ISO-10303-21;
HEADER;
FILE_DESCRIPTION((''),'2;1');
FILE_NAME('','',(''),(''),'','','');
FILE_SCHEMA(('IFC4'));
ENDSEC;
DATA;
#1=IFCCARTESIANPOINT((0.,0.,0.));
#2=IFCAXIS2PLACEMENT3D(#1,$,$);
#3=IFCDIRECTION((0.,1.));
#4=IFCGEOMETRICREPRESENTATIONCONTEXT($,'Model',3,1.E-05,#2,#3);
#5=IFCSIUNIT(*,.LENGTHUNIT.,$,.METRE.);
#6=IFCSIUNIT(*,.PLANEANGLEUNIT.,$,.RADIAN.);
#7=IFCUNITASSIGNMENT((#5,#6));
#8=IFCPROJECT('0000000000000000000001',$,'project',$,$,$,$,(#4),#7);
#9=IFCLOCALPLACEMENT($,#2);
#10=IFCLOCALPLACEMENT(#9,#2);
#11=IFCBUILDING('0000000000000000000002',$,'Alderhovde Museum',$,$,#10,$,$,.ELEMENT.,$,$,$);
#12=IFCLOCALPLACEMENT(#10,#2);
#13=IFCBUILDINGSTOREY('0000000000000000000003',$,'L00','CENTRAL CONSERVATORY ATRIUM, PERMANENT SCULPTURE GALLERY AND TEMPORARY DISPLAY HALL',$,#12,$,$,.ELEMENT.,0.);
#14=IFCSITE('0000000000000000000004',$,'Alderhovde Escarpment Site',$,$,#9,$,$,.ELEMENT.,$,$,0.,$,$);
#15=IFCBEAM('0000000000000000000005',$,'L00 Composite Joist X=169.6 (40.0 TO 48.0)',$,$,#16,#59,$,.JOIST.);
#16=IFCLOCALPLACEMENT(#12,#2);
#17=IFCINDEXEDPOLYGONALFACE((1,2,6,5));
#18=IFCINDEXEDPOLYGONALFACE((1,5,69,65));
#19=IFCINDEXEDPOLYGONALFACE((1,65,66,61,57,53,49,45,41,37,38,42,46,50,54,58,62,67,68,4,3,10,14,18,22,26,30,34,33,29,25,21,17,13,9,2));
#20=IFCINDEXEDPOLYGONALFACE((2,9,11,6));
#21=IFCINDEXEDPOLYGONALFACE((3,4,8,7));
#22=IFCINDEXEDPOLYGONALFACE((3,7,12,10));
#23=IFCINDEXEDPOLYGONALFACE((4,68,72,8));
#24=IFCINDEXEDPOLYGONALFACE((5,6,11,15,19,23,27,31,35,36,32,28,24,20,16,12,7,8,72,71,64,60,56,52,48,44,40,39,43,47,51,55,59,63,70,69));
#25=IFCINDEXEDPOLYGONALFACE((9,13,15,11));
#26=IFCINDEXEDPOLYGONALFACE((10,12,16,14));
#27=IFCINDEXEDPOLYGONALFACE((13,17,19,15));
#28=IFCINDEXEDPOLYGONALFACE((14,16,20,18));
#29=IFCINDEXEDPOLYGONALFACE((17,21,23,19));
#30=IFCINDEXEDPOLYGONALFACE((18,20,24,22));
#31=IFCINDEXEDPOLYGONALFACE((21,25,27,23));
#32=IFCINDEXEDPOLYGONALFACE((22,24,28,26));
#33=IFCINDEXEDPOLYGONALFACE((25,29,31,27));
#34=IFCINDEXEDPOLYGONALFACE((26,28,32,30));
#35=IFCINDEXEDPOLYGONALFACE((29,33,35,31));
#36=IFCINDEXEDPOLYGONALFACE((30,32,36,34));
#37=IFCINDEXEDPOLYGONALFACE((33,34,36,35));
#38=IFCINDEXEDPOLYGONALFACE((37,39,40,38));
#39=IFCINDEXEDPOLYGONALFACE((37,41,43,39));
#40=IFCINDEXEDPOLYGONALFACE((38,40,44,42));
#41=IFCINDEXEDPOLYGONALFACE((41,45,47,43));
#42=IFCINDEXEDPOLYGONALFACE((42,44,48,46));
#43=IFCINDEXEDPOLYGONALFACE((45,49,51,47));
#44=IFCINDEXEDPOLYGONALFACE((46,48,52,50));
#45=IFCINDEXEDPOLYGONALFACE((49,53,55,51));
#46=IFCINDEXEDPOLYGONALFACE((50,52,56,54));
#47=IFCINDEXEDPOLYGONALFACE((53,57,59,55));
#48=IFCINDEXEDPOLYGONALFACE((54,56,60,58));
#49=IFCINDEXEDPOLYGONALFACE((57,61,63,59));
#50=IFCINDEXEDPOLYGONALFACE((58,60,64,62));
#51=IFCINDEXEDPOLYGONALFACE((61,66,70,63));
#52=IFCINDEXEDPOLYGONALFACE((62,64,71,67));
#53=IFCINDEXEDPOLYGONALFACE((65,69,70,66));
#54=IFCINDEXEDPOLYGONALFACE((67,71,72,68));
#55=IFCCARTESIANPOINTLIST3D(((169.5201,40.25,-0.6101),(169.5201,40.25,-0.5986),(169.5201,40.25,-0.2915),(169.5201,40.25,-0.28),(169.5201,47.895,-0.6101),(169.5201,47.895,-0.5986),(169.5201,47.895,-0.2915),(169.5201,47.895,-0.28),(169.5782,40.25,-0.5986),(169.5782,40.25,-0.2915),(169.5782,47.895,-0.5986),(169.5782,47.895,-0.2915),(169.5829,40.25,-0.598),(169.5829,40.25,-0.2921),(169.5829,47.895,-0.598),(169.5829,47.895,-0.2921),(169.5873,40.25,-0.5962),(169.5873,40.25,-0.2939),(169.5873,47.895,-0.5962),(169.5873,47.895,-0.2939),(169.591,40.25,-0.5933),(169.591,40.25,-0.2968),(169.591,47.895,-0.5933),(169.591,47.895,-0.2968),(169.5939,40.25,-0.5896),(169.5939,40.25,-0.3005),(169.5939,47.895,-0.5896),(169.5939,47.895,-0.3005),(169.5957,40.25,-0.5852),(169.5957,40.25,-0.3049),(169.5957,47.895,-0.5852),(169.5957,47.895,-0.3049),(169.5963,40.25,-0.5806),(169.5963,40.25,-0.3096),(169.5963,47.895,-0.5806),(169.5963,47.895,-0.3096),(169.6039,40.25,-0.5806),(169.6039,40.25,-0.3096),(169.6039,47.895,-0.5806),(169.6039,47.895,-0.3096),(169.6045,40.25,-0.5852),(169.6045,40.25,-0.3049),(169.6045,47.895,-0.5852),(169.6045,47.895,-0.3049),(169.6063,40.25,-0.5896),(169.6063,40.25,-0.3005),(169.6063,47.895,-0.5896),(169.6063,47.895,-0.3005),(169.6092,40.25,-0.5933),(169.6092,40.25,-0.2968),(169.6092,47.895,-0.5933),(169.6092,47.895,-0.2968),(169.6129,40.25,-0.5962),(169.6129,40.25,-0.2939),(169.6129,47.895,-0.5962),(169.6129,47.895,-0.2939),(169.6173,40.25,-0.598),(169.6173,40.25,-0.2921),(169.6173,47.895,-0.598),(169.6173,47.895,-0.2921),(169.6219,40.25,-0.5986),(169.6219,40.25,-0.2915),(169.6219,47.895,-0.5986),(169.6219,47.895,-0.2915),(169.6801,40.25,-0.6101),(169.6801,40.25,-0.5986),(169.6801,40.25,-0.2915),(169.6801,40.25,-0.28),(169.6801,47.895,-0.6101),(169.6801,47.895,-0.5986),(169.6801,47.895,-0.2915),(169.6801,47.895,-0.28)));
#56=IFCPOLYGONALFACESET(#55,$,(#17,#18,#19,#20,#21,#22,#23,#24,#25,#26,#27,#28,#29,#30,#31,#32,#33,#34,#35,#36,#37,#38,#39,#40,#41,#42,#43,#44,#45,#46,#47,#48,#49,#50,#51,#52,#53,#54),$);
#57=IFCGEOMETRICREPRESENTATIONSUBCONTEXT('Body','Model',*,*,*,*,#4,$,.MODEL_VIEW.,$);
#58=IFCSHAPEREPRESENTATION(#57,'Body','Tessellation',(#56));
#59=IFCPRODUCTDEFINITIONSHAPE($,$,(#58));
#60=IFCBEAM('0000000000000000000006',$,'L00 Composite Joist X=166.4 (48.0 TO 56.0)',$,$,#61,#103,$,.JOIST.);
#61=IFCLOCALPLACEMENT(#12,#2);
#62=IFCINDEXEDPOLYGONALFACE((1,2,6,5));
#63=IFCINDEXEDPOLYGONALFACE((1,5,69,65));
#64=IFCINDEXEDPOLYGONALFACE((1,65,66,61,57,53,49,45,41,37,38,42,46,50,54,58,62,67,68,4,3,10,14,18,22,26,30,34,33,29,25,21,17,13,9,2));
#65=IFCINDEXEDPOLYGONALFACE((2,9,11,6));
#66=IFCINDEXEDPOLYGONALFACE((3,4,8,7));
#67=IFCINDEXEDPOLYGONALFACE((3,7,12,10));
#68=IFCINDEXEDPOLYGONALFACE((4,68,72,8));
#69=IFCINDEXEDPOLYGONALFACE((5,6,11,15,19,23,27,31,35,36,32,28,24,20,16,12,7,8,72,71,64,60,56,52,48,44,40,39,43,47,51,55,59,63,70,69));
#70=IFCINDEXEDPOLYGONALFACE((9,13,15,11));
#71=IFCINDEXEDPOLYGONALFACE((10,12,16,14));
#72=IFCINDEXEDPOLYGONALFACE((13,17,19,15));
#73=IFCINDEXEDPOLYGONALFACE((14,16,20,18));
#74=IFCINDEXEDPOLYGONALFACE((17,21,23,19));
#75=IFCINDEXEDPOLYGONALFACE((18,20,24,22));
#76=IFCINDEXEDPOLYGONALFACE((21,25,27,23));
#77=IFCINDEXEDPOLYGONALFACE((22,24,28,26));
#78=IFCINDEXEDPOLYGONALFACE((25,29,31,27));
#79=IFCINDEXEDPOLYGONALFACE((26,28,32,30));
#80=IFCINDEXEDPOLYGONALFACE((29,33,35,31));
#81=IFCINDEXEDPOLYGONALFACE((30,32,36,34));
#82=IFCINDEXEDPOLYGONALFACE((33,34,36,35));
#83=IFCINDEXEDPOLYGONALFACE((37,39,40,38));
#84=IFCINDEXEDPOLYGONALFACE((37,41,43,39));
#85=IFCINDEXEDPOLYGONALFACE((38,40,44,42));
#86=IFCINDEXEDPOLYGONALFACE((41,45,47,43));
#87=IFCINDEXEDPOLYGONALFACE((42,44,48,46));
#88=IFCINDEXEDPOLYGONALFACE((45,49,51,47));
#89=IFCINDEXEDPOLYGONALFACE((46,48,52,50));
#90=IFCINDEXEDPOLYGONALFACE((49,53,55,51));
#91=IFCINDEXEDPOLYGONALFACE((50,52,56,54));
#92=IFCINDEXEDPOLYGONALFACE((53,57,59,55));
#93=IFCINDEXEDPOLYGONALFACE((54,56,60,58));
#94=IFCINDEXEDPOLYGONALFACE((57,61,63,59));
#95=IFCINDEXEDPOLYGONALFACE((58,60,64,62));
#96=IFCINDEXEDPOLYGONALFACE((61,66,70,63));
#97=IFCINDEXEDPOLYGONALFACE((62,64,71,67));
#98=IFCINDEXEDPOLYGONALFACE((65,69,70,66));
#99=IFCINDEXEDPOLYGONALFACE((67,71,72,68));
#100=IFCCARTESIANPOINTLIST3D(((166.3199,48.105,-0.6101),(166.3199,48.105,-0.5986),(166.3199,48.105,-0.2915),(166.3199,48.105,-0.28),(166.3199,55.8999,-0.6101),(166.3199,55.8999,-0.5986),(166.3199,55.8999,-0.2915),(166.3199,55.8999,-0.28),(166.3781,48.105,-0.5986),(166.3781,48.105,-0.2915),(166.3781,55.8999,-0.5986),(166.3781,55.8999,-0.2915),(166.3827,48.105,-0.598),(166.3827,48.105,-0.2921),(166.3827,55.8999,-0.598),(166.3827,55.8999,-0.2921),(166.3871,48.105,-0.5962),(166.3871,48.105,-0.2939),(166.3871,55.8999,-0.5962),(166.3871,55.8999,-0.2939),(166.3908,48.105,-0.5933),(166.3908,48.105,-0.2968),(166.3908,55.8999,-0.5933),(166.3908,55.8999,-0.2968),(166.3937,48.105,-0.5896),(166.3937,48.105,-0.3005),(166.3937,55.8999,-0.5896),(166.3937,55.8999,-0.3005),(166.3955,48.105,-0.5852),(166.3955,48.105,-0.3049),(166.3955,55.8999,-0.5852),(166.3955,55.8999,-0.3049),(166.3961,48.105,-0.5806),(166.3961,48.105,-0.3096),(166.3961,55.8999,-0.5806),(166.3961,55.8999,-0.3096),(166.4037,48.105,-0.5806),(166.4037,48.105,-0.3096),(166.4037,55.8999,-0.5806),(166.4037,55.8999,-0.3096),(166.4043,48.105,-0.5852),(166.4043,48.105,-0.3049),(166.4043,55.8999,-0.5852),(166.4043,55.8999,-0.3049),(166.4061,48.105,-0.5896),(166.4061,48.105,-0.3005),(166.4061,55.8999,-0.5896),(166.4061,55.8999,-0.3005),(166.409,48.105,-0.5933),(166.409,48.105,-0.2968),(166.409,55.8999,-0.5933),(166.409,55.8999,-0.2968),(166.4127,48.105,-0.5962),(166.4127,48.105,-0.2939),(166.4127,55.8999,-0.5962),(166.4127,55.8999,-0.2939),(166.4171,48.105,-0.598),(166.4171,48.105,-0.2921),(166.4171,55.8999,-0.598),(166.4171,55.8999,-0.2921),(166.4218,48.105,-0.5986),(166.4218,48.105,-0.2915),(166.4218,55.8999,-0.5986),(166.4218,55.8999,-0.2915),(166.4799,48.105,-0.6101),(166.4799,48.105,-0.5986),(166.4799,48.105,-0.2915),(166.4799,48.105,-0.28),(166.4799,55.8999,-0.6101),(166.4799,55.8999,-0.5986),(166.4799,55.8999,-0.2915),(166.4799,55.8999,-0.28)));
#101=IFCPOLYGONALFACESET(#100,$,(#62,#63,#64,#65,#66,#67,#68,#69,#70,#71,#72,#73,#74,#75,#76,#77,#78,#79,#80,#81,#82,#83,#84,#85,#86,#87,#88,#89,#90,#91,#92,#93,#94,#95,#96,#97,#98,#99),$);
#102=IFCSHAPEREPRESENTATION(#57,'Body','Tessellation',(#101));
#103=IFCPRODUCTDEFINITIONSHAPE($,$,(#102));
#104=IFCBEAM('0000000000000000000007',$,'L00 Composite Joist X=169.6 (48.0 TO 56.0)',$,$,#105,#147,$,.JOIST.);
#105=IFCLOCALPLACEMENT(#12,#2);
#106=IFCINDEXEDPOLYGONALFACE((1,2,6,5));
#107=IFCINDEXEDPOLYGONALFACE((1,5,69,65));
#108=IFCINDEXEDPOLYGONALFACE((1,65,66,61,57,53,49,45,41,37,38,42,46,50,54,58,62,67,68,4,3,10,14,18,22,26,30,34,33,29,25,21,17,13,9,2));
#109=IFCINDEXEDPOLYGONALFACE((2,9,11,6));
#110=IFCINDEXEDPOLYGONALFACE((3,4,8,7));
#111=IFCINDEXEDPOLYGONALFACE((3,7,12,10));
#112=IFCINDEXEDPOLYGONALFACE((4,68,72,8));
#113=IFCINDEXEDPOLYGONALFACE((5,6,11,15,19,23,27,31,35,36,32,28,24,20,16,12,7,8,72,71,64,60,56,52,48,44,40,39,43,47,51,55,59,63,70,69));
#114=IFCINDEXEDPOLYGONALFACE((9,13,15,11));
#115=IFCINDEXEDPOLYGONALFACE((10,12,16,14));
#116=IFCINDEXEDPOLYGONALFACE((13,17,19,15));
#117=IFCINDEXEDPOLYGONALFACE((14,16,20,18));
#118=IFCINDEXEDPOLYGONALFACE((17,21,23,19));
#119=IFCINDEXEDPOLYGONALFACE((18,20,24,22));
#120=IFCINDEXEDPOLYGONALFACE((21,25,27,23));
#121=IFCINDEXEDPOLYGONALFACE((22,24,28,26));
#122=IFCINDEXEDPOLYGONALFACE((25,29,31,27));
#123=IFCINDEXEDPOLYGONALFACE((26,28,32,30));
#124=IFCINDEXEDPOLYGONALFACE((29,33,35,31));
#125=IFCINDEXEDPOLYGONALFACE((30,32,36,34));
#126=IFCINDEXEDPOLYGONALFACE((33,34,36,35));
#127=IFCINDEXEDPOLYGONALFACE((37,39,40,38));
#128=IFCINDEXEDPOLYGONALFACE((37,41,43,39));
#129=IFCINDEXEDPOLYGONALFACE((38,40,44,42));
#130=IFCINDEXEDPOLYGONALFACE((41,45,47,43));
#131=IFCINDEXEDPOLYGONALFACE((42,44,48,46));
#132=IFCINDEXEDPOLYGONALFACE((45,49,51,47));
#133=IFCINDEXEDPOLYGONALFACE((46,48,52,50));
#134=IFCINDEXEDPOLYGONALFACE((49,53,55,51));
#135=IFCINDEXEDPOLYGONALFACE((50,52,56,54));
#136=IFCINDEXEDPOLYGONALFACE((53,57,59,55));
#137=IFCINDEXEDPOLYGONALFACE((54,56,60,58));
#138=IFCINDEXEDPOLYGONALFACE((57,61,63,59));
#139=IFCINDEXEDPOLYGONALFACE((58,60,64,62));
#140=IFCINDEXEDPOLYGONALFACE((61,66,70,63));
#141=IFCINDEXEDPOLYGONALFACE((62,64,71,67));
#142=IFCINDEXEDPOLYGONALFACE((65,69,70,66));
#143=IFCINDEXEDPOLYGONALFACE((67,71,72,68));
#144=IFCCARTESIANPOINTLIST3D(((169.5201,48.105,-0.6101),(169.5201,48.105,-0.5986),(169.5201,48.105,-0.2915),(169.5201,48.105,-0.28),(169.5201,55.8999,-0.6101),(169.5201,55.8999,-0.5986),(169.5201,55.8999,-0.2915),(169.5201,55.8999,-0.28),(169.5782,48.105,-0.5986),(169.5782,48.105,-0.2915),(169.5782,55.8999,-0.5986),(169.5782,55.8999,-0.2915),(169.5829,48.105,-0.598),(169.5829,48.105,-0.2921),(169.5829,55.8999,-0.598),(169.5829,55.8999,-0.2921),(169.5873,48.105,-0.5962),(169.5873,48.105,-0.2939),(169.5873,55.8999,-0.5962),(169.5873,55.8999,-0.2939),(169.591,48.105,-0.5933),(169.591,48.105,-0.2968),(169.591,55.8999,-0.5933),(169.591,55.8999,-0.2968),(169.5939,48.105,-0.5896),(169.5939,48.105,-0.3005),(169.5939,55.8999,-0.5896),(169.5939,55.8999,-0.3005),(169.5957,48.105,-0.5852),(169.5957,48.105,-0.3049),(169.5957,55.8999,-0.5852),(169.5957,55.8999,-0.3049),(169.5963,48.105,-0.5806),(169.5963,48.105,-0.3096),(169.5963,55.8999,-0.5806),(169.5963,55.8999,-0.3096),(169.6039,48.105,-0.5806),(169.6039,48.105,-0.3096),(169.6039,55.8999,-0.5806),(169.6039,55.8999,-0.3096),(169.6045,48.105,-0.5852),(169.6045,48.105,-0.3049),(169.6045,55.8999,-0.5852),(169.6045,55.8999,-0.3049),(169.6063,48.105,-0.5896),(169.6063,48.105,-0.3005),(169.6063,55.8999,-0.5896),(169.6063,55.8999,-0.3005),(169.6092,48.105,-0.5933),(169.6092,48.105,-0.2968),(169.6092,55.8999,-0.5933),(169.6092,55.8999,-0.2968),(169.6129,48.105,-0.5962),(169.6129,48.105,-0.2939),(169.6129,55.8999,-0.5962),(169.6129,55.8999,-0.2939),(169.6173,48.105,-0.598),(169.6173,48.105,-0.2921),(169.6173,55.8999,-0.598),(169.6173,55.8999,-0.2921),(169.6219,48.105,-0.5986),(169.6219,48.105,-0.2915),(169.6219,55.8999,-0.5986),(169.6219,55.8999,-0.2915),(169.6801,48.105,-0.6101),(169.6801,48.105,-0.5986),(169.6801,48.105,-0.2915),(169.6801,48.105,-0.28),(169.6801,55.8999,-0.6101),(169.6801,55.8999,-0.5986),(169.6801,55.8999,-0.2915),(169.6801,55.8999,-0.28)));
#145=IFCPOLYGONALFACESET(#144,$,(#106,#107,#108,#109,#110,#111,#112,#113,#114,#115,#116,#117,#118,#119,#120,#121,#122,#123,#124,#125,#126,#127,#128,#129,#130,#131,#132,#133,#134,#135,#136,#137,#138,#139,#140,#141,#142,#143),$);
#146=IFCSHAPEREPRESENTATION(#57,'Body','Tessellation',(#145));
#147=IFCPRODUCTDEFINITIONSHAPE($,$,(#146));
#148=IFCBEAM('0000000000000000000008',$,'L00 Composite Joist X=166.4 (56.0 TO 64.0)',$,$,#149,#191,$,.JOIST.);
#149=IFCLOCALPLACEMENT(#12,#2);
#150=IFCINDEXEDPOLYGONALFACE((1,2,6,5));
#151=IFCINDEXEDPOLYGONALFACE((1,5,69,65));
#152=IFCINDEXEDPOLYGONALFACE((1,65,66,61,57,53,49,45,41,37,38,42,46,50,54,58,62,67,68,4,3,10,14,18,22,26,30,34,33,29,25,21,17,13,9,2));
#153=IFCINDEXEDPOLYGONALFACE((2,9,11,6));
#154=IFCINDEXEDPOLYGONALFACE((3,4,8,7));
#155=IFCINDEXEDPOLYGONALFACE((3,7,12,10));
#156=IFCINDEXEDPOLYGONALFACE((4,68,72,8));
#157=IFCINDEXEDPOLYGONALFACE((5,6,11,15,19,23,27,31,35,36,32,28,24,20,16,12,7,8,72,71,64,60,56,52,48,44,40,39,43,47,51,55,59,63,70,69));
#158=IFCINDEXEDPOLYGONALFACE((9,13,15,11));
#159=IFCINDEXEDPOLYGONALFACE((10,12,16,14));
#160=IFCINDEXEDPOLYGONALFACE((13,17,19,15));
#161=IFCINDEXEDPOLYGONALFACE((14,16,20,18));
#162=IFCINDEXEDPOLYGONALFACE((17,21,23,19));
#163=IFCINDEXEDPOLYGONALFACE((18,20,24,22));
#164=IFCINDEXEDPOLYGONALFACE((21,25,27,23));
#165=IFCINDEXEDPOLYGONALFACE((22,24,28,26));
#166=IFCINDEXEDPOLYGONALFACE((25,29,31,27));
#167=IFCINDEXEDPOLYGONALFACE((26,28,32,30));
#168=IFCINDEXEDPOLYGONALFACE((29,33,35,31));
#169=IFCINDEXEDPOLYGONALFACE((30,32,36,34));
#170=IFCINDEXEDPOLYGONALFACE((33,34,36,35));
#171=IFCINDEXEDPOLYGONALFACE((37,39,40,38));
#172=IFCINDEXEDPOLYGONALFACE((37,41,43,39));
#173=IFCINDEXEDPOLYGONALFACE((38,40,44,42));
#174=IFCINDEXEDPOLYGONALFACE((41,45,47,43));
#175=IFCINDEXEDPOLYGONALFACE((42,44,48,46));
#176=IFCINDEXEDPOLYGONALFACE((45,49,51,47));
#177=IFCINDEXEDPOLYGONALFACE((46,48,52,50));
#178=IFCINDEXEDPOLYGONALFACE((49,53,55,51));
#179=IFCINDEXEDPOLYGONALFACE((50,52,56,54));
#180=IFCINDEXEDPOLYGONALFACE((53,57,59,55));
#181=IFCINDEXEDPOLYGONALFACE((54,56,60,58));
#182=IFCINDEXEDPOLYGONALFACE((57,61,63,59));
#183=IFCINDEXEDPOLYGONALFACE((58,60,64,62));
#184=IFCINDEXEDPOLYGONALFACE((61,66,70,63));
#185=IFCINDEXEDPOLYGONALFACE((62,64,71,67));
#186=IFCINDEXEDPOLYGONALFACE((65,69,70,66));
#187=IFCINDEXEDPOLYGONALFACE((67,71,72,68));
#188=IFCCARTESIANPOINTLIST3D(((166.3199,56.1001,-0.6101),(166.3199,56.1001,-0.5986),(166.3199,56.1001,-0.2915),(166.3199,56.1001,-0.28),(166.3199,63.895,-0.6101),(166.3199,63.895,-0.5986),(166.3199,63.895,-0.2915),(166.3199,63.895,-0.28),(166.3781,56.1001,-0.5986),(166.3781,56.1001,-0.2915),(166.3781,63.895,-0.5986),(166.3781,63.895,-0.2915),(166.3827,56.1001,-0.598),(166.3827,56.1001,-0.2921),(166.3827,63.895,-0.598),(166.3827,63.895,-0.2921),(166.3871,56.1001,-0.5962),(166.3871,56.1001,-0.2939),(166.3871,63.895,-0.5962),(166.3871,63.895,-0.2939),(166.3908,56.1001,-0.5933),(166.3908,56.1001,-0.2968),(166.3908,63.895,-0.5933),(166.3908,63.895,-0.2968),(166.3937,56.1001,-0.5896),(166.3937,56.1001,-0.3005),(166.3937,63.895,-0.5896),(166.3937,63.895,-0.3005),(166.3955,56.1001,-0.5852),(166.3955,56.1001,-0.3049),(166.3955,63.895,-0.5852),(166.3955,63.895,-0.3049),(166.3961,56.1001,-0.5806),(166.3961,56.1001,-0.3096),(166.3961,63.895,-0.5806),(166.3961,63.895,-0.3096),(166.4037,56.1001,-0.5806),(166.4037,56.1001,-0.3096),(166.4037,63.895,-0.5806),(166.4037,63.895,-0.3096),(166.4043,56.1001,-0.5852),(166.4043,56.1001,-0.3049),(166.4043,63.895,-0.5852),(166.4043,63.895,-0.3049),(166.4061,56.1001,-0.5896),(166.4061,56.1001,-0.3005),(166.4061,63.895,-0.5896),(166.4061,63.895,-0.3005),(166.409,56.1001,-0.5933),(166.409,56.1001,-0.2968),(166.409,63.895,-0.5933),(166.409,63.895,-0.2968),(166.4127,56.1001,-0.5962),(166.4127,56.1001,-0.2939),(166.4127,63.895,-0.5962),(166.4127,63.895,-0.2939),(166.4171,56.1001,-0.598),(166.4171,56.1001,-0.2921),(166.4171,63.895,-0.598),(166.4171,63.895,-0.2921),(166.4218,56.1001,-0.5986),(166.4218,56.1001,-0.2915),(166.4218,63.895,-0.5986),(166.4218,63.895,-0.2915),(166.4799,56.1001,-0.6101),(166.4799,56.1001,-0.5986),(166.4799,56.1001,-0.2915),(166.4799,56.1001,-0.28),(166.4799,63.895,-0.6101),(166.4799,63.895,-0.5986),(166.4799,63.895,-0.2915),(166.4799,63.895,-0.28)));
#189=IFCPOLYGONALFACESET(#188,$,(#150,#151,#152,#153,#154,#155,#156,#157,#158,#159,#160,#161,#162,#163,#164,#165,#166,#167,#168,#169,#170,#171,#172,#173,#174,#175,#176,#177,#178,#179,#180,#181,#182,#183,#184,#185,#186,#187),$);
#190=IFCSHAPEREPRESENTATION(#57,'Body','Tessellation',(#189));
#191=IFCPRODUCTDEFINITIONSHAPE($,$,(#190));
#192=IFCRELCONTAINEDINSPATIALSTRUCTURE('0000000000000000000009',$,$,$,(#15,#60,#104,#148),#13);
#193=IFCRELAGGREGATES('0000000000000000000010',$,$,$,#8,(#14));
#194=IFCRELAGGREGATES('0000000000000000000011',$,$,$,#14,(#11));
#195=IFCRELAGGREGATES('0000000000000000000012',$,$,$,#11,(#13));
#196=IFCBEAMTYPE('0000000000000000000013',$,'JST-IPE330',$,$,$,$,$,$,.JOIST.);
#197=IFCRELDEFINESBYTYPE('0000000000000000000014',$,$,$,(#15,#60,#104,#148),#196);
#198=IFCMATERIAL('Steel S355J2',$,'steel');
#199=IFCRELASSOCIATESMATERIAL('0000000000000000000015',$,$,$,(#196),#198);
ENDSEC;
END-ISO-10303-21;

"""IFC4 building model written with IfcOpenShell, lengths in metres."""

from ifc_helpers import new_model, si_unit, direction, frame, origin, origin_2d, place, context, subcontext, project, spatial, i_section, extrude, material, material_profile, profile_set, type_object, element, save


model = new_model("IFC4")

# Units and contexts
model_context = context("Model", 3, precision=1e-05, world=origin(), true_north=direction((0.0, 1.0)))
body_context = subcontext(model_context, "Body", "Model", "MODEL_VIEW")
ifc_project = project(units=[si_unit("LENGTHUNIT", "METRE"), si_unit("PLANEANGLEUNIT", "RADIAN")], contexts=[model_context])

# Site, building, storey
site_placement = place(None, origin())
site = spatial("IfcSite", under=ifc_project, at=site_placement, Name="Alderhovde Escarpment Site", CompositionType="ELEMENT", RefElevation=0.0)
building_placement = place(site_placement, origin())
building = spatial("IfcBuilding", under=site, at=building_placement, Name="Alderhovde Museum", CompositionType="ELEMENT")
storey_placement = place(building_placement, origin())
storey = spatial("IfcBuildingStorey", under=building, at=storey_placement, Name="L00", Description="CENTRAL CONSERVATORY ATRIUM, PERMANENT SCULPTURE GALLERY AND TEMPORARY DISPLAY HALL", CompositionType="ELEMENT", Elevation=0.0)

# Beams
ifc_material_1 = material(Name="Steel S355J2", Category="steel")
ifc_material_profile_1 = material_profile(ifc_material_1, i_section(OverallWidth=0.1599, OverallDepth=0.3301, WebThickness=0.0076, FlangeThickness=0.0115, FilletRadius=0.0181, at=origin_2d()), Name="IPE 330")
ifc_profile_set_1 = profile_set([ifc_material_profile_1], Name="Steel S355J2")
beam_type_1 = type_object("IfcBeamType", Name="JST-IPE330", PredefinedType="JOIST", material=ifc_profile_set_1)
for number, where, z_axis, x_axis, name in (
    (1, (169.6001, 40.25, -0.4451), (0.0, 1.0, 0.0), (-1.0, 0.0, 0.0), "L00 Composite Joist X=169.6 (40.0 TO 48.0)"),
):
    element("IfcBeam", number, at=place(storey_placement, frame(where, z_axis=z_axis, x_axis=x_axis)), inside=storey, type_object=beam_type_1, Name=name, PredefinedType="JOIST", context=body_context, shape_type="SweptSolid", body=[
        extrude(i_section(OverallWidth=0.1599, OverallDepth=0.3301, WebThickness=0.0076, FlangeThickness=0.0115, FilletRadius=0.0181, at=origin_2d()), origin(), (0.0, 0.0, 1.0), 7.645),
    ])
for number, where, z_axis, x_axis, name in (
    (2, (166.3999, 48.105, -0.4451), (0.0, 1.0, 0.0), (-1.0, 0.0, 0.0), "L00 Composite Joist X=166.4 (48.0 TO 56.0)"),
    (3, (169.6001, 48.105, -0.4451), (0.0, 1.0, 0.0), (-1.0, 0.0, 0.0), "L00 Composite Joist X=169.6 (48.0 TO 56.0)"),
    (4, (166.3999, 56.1001, -0.4451), (0.0, 1.0, 0.0), (-1.0, 0.0, 0.0), "L00 Composite Joist X=166.4 (56.0 TO 64.0)"),
):
    element("IfcBeam", number, at=place(storey_placement, frame(where, z_axis=z_axis, x_axis=x_axis)), inside=storey, type_object=beam_type_1, Name=name, PredefinedType="JOIST", context=body_context, shape_type="SweptSolid", body=[
        extrude(i_section(OverallWidth=0.1599, OverallDepth=0.3301, WebThickness=0.0076, FlangeThickness=0.0115, FilletRadius=0.0181, at=origin_2d()), origin(), (0.0, 0.0, 1.0), 7.7949),
    ])

save(model, "model.ifc")
